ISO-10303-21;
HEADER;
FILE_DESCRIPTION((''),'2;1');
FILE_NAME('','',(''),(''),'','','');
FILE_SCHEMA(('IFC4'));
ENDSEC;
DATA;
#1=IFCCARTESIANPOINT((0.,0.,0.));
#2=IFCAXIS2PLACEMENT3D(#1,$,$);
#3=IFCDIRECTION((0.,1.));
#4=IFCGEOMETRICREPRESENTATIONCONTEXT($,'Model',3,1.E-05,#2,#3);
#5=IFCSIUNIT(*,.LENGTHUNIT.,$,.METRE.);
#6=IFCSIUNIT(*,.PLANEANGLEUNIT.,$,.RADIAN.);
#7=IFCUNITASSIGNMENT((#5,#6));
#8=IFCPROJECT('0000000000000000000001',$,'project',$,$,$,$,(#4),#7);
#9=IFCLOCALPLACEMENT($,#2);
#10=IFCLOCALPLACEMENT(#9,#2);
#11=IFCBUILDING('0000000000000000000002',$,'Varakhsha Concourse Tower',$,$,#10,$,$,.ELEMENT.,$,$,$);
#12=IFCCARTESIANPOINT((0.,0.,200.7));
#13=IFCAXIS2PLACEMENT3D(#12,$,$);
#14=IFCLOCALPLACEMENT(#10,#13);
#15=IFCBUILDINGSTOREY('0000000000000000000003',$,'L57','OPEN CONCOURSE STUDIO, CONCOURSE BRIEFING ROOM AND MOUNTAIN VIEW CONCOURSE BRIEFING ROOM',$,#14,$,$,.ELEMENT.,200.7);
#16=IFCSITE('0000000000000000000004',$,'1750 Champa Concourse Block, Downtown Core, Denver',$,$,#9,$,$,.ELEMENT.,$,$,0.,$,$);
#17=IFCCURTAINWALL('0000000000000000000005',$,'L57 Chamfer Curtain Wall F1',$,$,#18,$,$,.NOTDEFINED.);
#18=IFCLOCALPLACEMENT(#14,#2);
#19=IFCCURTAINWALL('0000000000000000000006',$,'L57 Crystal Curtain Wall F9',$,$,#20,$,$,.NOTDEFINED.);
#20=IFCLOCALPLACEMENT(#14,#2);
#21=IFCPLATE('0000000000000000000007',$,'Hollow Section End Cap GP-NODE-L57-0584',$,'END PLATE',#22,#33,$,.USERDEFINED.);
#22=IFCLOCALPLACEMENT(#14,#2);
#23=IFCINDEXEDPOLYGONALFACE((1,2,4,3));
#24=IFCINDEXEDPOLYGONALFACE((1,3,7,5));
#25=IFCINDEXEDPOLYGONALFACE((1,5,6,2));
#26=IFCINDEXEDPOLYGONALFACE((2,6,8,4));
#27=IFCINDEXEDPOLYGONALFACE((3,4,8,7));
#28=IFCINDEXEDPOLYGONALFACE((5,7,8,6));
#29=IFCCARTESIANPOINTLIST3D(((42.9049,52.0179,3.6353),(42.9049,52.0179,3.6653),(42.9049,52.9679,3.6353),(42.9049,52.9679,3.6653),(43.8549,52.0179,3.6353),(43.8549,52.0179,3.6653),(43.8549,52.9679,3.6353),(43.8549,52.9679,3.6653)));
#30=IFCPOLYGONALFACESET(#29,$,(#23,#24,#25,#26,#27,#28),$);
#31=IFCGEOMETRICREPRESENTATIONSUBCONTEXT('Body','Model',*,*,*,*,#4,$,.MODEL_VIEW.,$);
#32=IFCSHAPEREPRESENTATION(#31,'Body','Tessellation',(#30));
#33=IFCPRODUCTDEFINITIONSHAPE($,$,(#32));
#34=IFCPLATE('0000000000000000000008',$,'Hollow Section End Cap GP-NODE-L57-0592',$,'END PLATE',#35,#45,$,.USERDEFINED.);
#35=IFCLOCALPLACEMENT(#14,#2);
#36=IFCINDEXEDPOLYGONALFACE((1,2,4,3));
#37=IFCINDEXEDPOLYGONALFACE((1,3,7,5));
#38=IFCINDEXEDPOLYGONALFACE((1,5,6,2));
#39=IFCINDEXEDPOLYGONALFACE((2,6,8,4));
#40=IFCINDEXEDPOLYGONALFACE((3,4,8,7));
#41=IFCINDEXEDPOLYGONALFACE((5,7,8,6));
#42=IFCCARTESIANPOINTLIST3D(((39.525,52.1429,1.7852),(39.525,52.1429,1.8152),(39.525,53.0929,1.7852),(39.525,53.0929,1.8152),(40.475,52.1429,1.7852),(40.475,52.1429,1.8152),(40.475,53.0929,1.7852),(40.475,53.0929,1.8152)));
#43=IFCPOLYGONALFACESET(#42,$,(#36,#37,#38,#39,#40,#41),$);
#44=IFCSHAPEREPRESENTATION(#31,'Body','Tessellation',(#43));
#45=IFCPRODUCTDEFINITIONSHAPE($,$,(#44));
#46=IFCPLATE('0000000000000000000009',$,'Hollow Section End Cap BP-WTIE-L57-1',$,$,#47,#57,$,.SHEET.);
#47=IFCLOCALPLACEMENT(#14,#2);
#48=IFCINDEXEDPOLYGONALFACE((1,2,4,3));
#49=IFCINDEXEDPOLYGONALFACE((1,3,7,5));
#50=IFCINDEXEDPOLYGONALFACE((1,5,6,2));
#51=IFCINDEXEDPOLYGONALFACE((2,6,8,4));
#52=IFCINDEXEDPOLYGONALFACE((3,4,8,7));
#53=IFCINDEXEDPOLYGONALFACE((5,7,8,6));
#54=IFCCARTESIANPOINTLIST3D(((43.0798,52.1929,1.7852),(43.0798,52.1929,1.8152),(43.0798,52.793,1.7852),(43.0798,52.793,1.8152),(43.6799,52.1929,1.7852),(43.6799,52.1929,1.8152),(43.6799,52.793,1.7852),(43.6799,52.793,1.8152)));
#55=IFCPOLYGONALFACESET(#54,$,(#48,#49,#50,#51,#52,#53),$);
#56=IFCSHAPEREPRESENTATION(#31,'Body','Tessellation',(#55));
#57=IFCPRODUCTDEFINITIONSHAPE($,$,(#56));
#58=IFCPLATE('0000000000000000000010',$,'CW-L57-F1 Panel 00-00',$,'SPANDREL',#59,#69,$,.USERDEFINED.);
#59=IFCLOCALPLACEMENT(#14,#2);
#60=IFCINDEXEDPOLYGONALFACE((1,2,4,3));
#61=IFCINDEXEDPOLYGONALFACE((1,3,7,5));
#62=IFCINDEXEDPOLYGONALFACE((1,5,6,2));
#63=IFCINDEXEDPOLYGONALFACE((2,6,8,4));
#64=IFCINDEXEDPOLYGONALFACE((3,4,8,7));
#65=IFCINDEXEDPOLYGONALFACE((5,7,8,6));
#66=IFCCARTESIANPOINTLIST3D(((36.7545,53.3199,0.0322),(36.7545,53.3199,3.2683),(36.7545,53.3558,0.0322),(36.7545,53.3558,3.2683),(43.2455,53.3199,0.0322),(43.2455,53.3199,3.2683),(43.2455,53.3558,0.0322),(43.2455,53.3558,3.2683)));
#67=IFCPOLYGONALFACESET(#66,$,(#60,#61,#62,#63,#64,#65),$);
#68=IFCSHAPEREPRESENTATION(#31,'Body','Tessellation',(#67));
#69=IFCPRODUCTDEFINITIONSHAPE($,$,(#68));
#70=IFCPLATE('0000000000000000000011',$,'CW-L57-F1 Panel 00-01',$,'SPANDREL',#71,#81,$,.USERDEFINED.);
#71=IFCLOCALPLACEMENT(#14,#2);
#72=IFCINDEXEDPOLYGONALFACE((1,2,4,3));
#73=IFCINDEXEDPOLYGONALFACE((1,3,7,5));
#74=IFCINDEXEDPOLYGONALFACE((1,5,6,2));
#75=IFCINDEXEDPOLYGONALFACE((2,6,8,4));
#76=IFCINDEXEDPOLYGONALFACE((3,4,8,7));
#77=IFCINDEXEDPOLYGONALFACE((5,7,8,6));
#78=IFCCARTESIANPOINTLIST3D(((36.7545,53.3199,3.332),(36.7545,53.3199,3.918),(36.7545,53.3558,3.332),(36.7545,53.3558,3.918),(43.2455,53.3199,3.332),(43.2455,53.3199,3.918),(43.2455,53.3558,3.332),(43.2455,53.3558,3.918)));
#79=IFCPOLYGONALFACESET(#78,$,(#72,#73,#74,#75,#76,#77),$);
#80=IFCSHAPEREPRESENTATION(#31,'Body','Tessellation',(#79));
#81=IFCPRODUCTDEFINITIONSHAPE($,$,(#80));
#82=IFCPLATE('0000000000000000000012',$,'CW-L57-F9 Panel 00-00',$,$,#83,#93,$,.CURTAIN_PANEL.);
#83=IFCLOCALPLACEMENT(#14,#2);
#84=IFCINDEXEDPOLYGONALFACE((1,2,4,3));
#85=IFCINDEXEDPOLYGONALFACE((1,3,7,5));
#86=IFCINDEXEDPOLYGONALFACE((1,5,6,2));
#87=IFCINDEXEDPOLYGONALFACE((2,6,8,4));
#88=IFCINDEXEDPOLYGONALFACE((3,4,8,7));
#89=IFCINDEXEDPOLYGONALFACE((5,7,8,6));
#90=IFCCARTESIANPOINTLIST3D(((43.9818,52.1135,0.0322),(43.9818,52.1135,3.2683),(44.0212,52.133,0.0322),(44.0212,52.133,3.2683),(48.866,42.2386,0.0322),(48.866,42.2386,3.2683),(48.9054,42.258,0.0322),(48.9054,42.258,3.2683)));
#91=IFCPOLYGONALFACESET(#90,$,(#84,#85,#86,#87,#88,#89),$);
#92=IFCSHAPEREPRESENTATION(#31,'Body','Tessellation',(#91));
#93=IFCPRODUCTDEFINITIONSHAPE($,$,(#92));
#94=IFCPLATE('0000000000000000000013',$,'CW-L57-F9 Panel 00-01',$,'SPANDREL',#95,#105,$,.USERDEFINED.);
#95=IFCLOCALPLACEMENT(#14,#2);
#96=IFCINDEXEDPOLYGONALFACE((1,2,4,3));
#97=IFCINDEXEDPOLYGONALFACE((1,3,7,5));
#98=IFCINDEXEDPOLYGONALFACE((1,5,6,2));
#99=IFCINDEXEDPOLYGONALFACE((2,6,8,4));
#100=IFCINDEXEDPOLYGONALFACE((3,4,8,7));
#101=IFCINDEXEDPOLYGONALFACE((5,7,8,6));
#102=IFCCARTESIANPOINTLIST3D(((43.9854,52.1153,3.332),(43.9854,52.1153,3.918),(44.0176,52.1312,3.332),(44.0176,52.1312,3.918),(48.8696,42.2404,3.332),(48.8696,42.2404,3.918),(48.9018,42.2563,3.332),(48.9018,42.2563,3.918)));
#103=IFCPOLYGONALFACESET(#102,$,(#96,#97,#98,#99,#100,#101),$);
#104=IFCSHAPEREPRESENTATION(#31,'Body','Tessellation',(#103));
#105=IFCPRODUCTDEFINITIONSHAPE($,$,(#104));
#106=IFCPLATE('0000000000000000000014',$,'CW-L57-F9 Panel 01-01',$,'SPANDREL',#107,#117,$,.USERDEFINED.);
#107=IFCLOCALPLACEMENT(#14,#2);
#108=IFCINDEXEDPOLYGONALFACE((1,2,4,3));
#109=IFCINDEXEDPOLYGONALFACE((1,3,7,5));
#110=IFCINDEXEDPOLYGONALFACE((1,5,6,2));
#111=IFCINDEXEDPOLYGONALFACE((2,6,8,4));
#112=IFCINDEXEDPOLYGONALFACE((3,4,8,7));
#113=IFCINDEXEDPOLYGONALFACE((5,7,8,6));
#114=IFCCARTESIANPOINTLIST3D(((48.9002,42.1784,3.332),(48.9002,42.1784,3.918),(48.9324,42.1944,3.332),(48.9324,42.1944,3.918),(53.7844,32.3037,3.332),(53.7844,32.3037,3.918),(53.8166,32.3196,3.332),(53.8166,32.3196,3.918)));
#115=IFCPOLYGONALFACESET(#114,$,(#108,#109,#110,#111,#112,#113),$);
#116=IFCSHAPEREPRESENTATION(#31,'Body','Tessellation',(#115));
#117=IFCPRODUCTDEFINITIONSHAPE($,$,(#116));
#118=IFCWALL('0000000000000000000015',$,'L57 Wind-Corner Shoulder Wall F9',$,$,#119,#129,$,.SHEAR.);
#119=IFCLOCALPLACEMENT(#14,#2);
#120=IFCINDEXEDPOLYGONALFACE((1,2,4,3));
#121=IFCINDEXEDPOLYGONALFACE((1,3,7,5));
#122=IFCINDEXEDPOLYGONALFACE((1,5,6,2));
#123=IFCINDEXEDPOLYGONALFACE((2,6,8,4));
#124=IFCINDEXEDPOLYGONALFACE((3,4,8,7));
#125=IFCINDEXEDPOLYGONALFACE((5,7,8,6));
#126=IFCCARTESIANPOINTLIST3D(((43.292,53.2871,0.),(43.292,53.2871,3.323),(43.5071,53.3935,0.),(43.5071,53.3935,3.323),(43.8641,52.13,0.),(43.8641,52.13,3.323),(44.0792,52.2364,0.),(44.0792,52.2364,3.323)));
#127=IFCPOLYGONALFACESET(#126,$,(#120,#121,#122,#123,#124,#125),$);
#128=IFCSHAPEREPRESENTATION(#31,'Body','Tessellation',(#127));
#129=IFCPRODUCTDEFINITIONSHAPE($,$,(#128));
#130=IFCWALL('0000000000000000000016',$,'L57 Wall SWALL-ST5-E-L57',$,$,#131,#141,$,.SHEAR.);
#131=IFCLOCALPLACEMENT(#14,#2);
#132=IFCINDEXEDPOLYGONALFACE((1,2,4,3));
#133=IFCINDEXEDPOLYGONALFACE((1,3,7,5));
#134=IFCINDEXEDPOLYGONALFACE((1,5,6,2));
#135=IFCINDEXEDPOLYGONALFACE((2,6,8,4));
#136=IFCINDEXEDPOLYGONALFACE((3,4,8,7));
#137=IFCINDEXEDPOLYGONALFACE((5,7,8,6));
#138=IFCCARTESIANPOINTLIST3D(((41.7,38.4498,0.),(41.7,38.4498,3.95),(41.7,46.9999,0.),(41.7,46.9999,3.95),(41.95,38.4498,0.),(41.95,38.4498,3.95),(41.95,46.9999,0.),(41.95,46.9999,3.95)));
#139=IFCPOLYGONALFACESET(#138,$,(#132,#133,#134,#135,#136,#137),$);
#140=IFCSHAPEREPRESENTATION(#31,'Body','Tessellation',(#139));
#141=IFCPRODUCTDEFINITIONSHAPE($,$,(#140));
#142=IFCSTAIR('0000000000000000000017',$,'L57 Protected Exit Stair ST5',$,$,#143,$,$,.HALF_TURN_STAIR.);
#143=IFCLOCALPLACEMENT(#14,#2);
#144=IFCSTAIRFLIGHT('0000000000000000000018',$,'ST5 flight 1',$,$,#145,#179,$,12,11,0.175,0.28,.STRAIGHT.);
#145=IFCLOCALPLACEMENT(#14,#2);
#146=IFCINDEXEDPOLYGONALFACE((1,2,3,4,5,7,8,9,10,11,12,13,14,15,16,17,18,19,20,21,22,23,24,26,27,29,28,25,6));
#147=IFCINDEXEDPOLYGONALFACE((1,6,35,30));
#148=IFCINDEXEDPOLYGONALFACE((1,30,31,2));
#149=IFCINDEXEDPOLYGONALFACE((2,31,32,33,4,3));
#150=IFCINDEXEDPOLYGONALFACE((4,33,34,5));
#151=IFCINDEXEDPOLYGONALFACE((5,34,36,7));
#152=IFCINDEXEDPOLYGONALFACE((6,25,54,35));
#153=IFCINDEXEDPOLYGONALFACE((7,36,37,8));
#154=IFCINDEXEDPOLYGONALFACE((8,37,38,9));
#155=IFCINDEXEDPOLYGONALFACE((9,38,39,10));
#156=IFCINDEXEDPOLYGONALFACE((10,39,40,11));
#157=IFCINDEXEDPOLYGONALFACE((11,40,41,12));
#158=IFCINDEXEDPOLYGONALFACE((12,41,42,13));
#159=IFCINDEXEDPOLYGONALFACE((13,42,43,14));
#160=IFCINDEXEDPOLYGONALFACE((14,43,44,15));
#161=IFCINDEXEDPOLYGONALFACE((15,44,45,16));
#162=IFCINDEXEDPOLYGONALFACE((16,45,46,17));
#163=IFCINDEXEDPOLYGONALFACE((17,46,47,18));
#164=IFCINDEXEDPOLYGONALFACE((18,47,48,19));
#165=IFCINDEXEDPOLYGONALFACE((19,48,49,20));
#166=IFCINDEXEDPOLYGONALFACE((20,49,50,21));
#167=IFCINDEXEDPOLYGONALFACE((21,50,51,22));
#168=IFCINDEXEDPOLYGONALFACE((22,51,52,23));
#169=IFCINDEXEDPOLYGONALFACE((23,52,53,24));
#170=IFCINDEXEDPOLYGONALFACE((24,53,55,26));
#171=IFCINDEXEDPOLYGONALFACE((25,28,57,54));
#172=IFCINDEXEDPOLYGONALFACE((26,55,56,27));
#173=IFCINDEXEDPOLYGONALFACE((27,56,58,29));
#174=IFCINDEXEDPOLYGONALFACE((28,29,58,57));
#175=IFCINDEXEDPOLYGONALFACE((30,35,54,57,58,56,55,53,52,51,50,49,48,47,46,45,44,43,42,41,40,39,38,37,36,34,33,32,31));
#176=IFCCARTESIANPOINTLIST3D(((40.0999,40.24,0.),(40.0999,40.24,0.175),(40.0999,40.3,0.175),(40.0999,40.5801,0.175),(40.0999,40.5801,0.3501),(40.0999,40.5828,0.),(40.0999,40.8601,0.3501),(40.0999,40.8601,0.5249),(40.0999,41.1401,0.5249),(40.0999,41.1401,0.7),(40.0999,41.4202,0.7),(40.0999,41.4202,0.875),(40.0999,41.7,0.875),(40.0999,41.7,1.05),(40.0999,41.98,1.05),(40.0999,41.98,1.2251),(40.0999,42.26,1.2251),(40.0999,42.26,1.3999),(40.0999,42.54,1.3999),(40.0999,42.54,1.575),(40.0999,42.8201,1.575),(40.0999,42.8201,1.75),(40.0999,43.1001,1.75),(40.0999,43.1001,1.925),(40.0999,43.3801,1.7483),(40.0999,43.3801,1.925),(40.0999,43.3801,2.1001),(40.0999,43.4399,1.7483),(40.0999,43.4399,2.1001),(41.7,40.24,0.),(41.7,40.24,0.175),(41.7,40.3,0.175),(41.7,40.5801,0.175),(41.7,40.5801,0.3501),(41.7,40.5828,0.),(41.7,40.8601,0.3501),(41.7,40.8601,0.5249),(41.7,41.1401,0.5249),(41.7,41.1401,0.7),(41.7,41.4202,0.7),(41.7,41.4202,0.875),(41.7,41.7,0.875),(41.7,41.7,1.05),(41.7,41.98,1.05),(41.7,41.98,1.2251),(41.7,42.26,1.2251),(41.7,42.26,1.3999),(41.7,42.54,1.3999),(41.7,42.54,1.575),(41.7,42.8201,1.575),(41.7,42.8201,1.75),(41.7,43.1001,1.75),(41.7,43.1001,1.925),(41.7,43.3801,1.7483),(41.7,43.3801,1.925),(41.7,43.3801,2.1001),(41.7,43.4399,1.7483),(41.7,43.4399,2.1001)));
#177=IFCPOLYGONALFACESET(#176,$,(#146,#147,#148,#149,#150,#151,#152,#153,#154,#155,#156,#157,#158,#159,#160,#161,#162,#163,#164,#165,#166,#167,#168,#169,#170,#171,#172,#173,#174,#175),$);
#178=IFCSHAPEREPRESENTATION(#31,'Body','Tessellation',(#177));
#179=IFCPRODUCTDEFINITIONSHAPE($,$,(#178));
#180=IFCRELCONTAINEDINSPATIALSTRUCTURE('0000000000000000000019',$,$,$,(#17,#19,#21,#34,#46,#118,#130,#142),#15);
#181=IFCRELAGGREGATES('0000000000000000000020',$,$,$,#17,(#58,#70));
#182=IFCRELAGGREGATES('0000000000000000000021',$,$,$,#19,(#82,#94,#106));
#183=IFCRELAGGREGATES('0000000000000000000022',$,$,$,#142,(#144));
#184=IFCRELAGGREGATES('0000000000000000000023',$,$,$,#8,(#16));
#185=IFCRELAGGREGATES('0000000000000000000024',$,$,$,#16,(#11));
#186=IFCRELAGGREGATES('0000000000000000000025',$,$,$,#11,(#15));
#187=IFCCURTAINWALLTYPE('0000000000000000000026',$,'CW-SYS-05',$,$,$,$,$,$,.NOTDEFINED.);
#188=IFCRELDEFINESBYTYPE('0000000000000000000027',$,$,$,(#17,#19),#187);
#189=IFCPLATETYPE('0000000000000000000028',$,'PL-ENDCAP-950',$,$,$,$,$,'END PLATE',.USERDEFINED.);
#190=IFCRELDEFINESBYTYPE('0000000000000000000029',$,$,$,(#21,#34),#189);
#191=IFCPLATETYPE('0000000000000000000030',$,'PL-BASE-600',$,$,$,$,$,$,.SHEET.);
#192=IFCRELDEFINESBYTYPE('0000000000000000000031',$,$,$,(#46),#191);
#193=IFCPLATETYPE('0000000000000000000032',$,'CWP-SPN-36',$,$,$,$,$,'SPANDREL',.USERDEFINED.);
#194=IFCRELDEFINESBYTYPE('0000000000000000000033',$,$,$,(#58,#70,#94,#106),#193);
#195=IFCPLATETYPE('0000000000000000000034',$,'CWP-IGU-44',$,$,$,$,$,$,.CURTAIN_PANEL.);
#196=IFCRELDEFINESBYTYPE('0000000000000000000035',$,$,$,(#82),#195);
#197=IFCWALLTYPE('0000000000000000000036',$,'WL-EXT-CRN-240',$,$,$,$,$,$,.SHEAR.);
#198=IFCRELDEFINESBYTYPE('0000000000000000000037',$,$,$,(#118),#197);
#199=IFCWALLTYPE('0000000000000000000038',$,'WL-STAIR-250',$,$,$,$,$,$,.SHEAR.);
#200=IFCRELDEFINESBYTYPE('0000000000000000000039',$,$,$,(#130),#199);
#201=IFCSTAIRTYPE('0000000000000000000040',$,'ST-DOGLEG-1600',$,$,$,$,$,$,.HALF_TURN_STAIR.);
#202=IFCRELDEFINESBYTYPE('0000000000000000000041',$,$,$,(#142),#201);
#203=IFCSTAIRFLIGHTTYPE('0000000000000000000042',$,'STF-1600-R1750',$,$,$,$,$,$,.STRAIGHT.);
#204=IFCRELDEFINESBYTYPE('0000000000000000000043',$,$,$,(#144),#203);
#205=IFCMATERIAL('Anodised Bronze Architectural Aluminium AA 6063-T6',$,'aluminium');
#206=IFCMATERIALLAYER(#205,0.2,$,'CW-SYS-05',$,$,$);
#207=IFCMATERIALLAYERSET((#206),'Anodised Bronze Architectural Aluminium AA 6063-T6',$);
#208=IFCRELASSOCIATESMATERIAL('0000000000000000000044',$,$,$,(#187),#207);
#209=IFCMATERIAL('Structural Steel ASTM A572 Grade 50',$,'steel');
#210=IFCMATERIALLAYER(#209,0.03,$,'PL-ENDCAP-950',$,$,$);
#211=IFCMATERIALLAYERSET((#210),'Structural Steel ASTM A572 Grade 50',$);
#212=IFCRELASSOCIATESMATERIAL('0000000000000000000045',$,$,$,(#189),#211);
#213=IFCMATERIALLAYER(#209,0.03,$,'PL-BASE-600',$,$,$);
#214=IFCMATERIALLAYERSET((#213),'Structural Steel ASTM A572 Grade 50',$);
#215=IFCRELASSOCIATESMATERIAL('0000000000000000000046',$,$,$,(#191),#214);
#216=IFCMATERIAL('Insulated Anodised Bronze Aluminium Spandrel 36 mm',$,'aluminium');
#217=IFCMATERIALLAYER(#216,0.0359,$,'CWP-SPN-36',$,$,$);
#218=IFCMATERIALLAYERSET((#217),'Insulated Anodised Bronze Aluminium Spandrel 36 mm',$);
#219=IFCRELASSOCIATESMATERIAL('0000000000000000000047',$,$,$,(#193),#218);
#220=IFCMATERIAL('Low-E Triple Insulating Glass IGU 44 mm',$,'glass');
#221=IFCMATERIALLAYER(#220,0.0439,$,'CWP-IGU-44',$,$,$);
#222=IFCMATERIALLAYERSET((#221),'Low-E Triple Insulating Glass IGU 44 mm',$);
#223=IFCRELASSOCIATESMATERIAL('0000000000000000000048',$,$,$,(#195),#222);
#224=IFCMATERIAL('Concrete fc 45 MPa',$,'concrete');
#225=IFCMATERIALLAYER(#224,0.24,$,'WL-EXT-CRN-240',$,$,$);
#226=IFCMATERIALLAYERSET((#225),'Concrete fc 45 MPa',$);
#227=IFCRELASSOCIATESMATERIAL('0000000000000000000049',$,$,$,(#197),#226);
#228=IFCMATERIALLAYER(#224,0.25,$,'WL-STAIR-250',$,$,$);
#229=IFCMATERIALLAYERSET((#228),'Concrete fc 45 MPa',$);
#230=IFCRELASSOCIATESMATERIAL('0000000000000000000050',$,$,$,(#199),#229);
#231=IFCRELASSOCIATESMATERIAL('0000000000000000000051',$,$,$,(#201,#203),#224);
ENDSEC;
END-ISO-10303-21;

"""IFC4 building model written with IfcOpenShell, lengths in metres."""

from ifc_helpers import new_model, si_unit, direction, frame, frame_2d, origin, origin_2d, place, context, subcontext, project, spatial, polyline, rectangle, outline, extrude, source, transform, mapped, material, layer, layer_set, type_object, type_shapes, element, aggregate, save


model = new_model("IFC4")

# Units and contexts
model_context = context("Model", 3, precision=1e-05, world=origin(), true_north=direction((0.0, 1.0)))
body_context = subcontext(model_context, "Body", "Model", "MODEL_VIEW")
ifc_project = project(units=[si_unit("LENGTHUNIT", "METRE"), si_unit("PLANEANGLEUNIT", "RADIAN")], contexts=[model_context])

# Site, building, storey
site_placement = place(None, origin())
site = spatial("IfcSite", under=ifc_project, at=site_placement, Name="1750 Champa Concourse Block, Downtown Core, Denver", CompositionType="ELEMENT", RefElevation=0.0)
building_placement = place(site_placement, origin())
building = spatial("IfcBuilding", under=site, at=building_placement, Name="Varakhsha Concourse Tower", CompositionType="ELEMENT")
storey_placement = place(building_placement, frame((0.0, 0.0, 200.7)))
storey = spatial("IfcBuildingStorey", under=building, at=storey_placement, Name="L57", Description="OPEN CONCOURSE STUDIO, CONCOURSE BRIEFING ROOM AND MOUNTAIN VIEW CONCOURSE BRIEFING ROOM", CompositionType="ELEMENT", Elevation=200.7)

# Shared definitions
ifc_material_1 = material(Name="Structural Steel ASTM A572 Grade 50", Category="steel")

# Curtain wall
ifc_material_2 = material(Name="Anodised Bronze Architectural Aluminium AA 6063-T6", Category="aluminium")
ifc_layer_1 = layer(ifc_material_2, 0.2, Name="CW-SYS-05")
ifc_layer_set_1 = layer_set([ifc_layer_1], Name="Anodised Bronze Architectural Aluminium AA 6063-T6")
curtain_wall_type = type_object("IfcCurtainWallType", Name="CW-SYS-05", PredefinedType="NOTDEFINED", material=ifc_layer_set_1)
curtain_wall_1_placement = place(storey_placement, origin())
curtain_wall_1 = element("IfcCurtainWall", 1, at=curtain_wall_1_placement, inside=storey, type_object=curtain_wall_type, Name="L57 Chamfer Curtain Wall F1", PredefinedType="NOTDEFINED")

# Curtain wall
curtain_wall_2_placement = place(storey_placement, origin())
curtain_wall_2 = element("IfcCurtainWall", 2, at=curtain_wall_2_placement, inside=storey, type_object=curtain_wall_type, Name="L57 Crystal Curtain Wall F9", PredefinedType="NOTDEFINED")

# Plates
ifc_layer_2 = layer(ifc_material_1, 0.03, Name="PL-ENDCAP-950")
ifc_layer_set_2 = layer_set([ifc_layer_2], Name="Structural Steel ASTM A572 Grade 50")
plate_type_1 = type_object("IfcPlateType", Name="PL-ENDCAP-950", ElementType="END PLATE", PredefinedType="USERDEFINED", material=ifc_layer_set_2)
shared_shape_1 = source(origin(), body_context, "Body", "SweptSolid", [
    extrude(rectangle(XDim=0.95, YDim=0.95, at=origin_2d()), origin(), (0.0, 0.0, 1.0), 0.03),
])
type_shapes(plate_type_1, [shared_shape_1])
for number, where, z_axis, x_axis, name in (
    (3, (43.3799, 52.4929, 3.6353), (0.0, 0.0, 1.0), (1.0, 0.0, 0.0), "Hollow Section End Cap GP-NODE-L57-0584"),
    (4, (40.0, 52.6179, 1.7852), (0.0, 0.0, 1.0), (1.0, 0.0, 0.0), "Hollow Section End Cap GP-NODE-L57-0592"),
):
    element("IfcPlate", number, at=place(storey_placement, frame(where, z_axis=z_axis, x_axis=x_axis)), inside=storey, type_object=plate_type_1, Name=name, ObjectType="END PLATE", PredefinedType="USERDEFINED", context=body_context, shape_type="MappedRepresentation", body=[
        mapped(shared_shape_1, transform((0.0, 0.0, 0.0), scale=1.0)),
    ])
ifc_layer_3 = layer(ifc_material_1, 0.03, Name="PL-BASE-600")
ifc_layer_set_3 = layer_set([ifc_layer_3], Name="Structural Steel ASTM A572 Grade 50")
plate_type_2 = type_object("IfcPlateType", Name="PL-BASE-600", PredefinedType="SHEET", material=ifc_layer_set_3)
shared_shape_2 = source(origin(), body_context, "Body", "SweptSolid", [
    extrude(rectangle(XDim=0.6001, YDim=0.6001, at=origin_2d()), origin(), (0.0, 0.0, 1.0), 0.03),
])
type_shapes(plate_type_2, [shared_shape_2])
plate_1_placement = place(storey_placement, frame((43.3799, 52.4929, 1.7852), z_axis=(0.0, 0.0, 1.0), x_axis=(1.0, 0.0, 0.0)))
element("IfcPlate", 5, at=plate_1_placement, inside=storey, type_object=plate_type_2, Name="Hollow Section End Cap BP-WTIE-L57-1", PredefinedType="SHEET", context=body_context, shape_type="MappedRepresentation", body=[
    mapped(shared_shape_2, transform((0.0, 0.0, 0.0), scale=1.0)),
])

# Plates
ifc_material_3 = material(Name="Insulated Anodised Bronze Aluminium Spandrel 36 mm", Category="aluminium")
ifc_layer_4 = layer(ifc_material_3, 0.0359, Name="CWP-SPN-36")
ifc_layer_set_4 = layer_set([ifc_layer_4], Name="Insulated Anodised Bronze Aluminium Spandrel 36 mm")
plate_type_3 = type_object("IfcPlateType", Name="CWP-SPN-36", ElementType="SPANDREL", PredefinedType="USERDEFINED", material=ifc_layer_set_4)
shared_shape_3 = source(origin(), body_context, "Body", "SweptSolid", [
    extrude(rectangle(XDim=6.491, YDim=0.0359, at=origin_2d()), origin(), (0.0, 0.0, 1.0), 3.2361),
])
plate_2_placement = place(storey_placement, frame((40.0, 53.3379, 0.0322), z_axis=(0.0, 0.0, 1.0), x_axis=(1.0, 0.0, 0.0)))
plate_2 = element("IfcPlate", 6, at=plate_2_placement, type_object=plate_type_3, Name="CW-L57-F1 Panel 00-00", ObjectType="SPANDREL", PredefinedType="USERDEFINED", context=body_context, shape_type="MappedRepresentation", body=[
    mapped(shared_shape_3, transform((0.0, 0.0, 0.0), scale=1.0)),
])
shared_shape_4 = source(origin(), body_context, "Body", "SweptSolid", [
    extrude(rectangle(XDim=6.491, YDim=0.0359, at=origin_2d()), origin(), (0.0, 0.0, 1.0), 0.5859),
])
plate_3_placement = place(storey_placement, frame((40.0, 53.3379, 3.332), z_axis=(0.0, 0.0, 1.0), x_axis=(1.0, 0.0, 0.0)))
plate_3 = element("IfcPlate", 7, at=plate_3_placement, type_object=plate_type_3, Name="CW-L57-F1 Panel 00-01", ObjectType="SPANDREL", PredefinedType="USERDEFINED", context=body_context, shape_type="MappedRepresentation", body=[
    mapped(shared_shape_4, transform((0.0, 0.0, 0.0), scale=1.0)),
])
aggregate(curtain_wall_1, [plate_2, plate_3])
ifc_material_4 = material(Name="Low-E Triple Insulating Glass IGU 44 mm", Category="glass")
ifc_layer_5 = layer(ifc_material_4, 0.0439, Name="CWP-IGU-44")
ifc_layer_set_5 = layer_set([ifc_layer_5], Name="Low-E Triple Insulating Glass IGU 44 mm")
plate_type_4 = type_object("IfcPlateType", Name="CWP-IGU-44", PredefinedType="CURTAIN_PANEL", material=ifc_layer_set_5)
shared_shape_5 = source(origin(), body_context, "Body", "SweptSolid", [
    extrude(rectangle(XDim=11.0168, YDim=0.0439, at=origin_2d()), origin(), (0.0, 0.0, 1.0), 3.2361),
])
type_shapes(plate_type_4, [shared_shape_5])
plate_4_placement = place(storey_placement, frame((46.4436, 47.1858, 0.0322), z_axis=(0.0, 0.0, 1.0), x_axis=(0.443343, -0.896352, 0.0)))
plate_4 = element("IfcPlate", 8, at=plate_4_placement, type_object=plate_type_4, Name="CW-L57-F9 Panel 00-00", PredefinedType="CURTAIN_PANEL", context=body_context, shape_type="MappedRepresentation", body=[
    mapped(shared_shape_5, transform((0.0, 0.0, 0.0), scale=1.0)),
])
shared_shape_6 = source(origin(), body_context, "Body", "SweptSolid", [
    extrude(rectangle(XDim=11.0168, YDim=0.0359, at=origin_2d()), origin(), (0.0, 0.0, 1.0), 0.5859),
])
plate_5_placement = place(storey_placement, frame((46.4436, 47.1858, 3.332), z_axis=(0.0, 0.0, 1.0), x_axis=(0.443343, -0.896352, 0.0)))
plate_5 = element("IfcPlate", 9, at=plate_5_placement, type_object=plate_type_3, Name="CW-L57-F9 Panel 00-01", ObjectType="SPANDREL", PredefinedType="USERDEFINED", context=body_context, shape_type="MappedRepresentation", body=[
    mapped(shared_shape_6, transform((0.0, 0.0, 0.0), scale=1.0)),
])
shared_shape_7 = source(origin(), body_context, "Body", "SweptSolid", [
    extrude(rectangle(XDim=11.0166, YDim=0.0359, at=origin_2d()), origin(), (0.0, 0.0, 1.0), 0.5859),
])
type_shapes(plate_type_3, [shared_shape_3, shared_shape_4, shared_shape_6, shared_shape_7])
plate_6_placement = place(storey_placement, frame((51.3584, 37.249, 3.332), z_axis=(0.0, 0.0, 1.0), x_axis=(0.443343, -0.896352, 0.0)))
plate_6 = element("IfcPlate", 10, at=plate_6_placement, type_object=plate_type_3, Name="CW-L57-F9 Panel 01-01", ObjectType="SPANDREL", PredefinedType="USERDEFINED", context=body_context, shape_type="MappedRepresentation", body=[
    mapped(shared_shape_7, transform((0.0, 0.0, 0.0), scale=1.0)),
])
aggregate(curtain_wall_2, [plate_4, plate_5, plate_6])

# Walls
ifc_material_5 = material(Name="Concrete fc 45 MPa", Category="concrete")
ifc_layer_6 = layer(ifc_material_5, 0.24, Name="WL-EXT-CRN-240")
ifc_layer_set_6 = layer_set([ifc_layer_6], Name="Concrete fc 45 MPa")
wall_type_1 = type_object("IfcWallType", Name="WL-EXT-CRN-240", PredefinedType="SHEAR", material=ifc_layer_set_6)
wall_1_placement = place(storey_placement, frame((43.9717, 52.1831, 0.0), z_axis=(0.0, 0.0, 1.0), x_axis=(-0.443199, 0.896423, 0.0)))
element("IfcWall", 11, at=wall_1_placement, inside=storey, type_object=wall_type_1, Name="L57 Wind-Corner Shoulder Wall F9", PredefinedType="SHEAR", context=body_context, shape_type="SweptSolid", body=[
    extrude(rectangle(XDim=1.2908, YDim=0.24, at=frame_2d((0.6455, 0.0))), origin(), (0.0, 0.0, 1.0), 3.323),
])
ifc_layer_7 = layer(ifc_material_5, 0.25, Name="WL-STAIR-250")
ifc_layer_set_7 = layer_set([ifc_layer_7], Name="Concrete fc 45 MPa")
wall_type_2 = type_object("IfcWallType", Name="WL-STAIR-250", PredefinedType="SHEAR", material=ifc_layer_set_7)
wall_2_placement = place(storey_placement, frame((41.825, 38.45, 0.0), z_axis=(0.0, 0.0, 1.0), x_axis=(0.0, 1.0, 0.0)))
element("IfcWall", 12, at=wall_2_placement, inside=storey, type_object=wall_type_2, Name="L57 Wall SWALL-ST5-E-L57", PredefinedType="SHEAR", context=body_context, shape_type="SweptSolid", body=[
    extrude(rectangle(XDim=8.55, YDim=0.25, at=frame_2d((4.2749, 0.0))), origin(), (0.0, 0.0, 1.0), 3.95),
])

# Stair, stair flight
stair_type = type_object("IfcStairType", Name="ST-DOGLEG-1600", PredefinedType="HALF_TURN_STAIR", material=ifc_material_5)
stair_placement = place(storey_placement, origin())
stair = element("IfcStair", 13, at=stair_placement, inside=storey, type_object=stair_type, Name="L57 Protected Exit Stair ST5", PredefinedType="HALF_TURN_STAIR")
stair_flight_type = type_object("IfcStairFlightType", Name="STF-1600-R1750", PredefinedType="STRAIGHT", material=ifc_material_5)
stair_flight_placement = place(storey_placement, frame((40.8999, 40.3, 0.0), z_axis=(0.0, 0.0, 1.0), x_axis=(0.0, 1.0, 0.0)))
stair_flight = element("IfcStairFlight", 14, at=stair_flight_placement, type_object=stair_flight_type, Name="ST5 flight 1", NumberOfRisers=12, NumberOfTreads=11, PredefinedType="STRAIGHT", RiserHeight=0.175, TreadLength=0.28, context=body_context, shape_type="SweptSolid", body=[
    extrude(outline(polyline([(-0.0601, 0.0), (-0.0601, 0.175), (0.0, 0.175), (0.28, 0.175), (0.28, 0.3501), (0.5601, 0.3501), (0.5601, 0.5249), (0.8401, 0.5249), (0.8401, 0.7), (1.1201, 0.7), (1.1201, 0.875), (1.3999, 0.875), (1.3999, 1.05), (1.6799, 1.05), (1.6799, 1.2251), (1.96, 1.2251), (1.96, 1.3999), (2.24, 1.3999), (2.24, 1.575), (2.52, 1.575), (2.52, 1.75), (2.8, 1.75), (2.8, 1.925), (3.0801, 1.925), (3.0801, 2.1001), (3.1399, 2.1001), (3.1399, 1.7483), (3.0801, 1.7483), (0.2827, 0.0), (-0.0601, 0.0)])), frame((0.0, 0.8, 0.0), z_axis=(0.0, -1.0, 0.0), x_axis=(1.0, 0.0, 0.0)), (0.0, 0.0, 1.0), 1.6001),
])
aggregate(stair, [stair_flight])

save(model, "model.ifc")
